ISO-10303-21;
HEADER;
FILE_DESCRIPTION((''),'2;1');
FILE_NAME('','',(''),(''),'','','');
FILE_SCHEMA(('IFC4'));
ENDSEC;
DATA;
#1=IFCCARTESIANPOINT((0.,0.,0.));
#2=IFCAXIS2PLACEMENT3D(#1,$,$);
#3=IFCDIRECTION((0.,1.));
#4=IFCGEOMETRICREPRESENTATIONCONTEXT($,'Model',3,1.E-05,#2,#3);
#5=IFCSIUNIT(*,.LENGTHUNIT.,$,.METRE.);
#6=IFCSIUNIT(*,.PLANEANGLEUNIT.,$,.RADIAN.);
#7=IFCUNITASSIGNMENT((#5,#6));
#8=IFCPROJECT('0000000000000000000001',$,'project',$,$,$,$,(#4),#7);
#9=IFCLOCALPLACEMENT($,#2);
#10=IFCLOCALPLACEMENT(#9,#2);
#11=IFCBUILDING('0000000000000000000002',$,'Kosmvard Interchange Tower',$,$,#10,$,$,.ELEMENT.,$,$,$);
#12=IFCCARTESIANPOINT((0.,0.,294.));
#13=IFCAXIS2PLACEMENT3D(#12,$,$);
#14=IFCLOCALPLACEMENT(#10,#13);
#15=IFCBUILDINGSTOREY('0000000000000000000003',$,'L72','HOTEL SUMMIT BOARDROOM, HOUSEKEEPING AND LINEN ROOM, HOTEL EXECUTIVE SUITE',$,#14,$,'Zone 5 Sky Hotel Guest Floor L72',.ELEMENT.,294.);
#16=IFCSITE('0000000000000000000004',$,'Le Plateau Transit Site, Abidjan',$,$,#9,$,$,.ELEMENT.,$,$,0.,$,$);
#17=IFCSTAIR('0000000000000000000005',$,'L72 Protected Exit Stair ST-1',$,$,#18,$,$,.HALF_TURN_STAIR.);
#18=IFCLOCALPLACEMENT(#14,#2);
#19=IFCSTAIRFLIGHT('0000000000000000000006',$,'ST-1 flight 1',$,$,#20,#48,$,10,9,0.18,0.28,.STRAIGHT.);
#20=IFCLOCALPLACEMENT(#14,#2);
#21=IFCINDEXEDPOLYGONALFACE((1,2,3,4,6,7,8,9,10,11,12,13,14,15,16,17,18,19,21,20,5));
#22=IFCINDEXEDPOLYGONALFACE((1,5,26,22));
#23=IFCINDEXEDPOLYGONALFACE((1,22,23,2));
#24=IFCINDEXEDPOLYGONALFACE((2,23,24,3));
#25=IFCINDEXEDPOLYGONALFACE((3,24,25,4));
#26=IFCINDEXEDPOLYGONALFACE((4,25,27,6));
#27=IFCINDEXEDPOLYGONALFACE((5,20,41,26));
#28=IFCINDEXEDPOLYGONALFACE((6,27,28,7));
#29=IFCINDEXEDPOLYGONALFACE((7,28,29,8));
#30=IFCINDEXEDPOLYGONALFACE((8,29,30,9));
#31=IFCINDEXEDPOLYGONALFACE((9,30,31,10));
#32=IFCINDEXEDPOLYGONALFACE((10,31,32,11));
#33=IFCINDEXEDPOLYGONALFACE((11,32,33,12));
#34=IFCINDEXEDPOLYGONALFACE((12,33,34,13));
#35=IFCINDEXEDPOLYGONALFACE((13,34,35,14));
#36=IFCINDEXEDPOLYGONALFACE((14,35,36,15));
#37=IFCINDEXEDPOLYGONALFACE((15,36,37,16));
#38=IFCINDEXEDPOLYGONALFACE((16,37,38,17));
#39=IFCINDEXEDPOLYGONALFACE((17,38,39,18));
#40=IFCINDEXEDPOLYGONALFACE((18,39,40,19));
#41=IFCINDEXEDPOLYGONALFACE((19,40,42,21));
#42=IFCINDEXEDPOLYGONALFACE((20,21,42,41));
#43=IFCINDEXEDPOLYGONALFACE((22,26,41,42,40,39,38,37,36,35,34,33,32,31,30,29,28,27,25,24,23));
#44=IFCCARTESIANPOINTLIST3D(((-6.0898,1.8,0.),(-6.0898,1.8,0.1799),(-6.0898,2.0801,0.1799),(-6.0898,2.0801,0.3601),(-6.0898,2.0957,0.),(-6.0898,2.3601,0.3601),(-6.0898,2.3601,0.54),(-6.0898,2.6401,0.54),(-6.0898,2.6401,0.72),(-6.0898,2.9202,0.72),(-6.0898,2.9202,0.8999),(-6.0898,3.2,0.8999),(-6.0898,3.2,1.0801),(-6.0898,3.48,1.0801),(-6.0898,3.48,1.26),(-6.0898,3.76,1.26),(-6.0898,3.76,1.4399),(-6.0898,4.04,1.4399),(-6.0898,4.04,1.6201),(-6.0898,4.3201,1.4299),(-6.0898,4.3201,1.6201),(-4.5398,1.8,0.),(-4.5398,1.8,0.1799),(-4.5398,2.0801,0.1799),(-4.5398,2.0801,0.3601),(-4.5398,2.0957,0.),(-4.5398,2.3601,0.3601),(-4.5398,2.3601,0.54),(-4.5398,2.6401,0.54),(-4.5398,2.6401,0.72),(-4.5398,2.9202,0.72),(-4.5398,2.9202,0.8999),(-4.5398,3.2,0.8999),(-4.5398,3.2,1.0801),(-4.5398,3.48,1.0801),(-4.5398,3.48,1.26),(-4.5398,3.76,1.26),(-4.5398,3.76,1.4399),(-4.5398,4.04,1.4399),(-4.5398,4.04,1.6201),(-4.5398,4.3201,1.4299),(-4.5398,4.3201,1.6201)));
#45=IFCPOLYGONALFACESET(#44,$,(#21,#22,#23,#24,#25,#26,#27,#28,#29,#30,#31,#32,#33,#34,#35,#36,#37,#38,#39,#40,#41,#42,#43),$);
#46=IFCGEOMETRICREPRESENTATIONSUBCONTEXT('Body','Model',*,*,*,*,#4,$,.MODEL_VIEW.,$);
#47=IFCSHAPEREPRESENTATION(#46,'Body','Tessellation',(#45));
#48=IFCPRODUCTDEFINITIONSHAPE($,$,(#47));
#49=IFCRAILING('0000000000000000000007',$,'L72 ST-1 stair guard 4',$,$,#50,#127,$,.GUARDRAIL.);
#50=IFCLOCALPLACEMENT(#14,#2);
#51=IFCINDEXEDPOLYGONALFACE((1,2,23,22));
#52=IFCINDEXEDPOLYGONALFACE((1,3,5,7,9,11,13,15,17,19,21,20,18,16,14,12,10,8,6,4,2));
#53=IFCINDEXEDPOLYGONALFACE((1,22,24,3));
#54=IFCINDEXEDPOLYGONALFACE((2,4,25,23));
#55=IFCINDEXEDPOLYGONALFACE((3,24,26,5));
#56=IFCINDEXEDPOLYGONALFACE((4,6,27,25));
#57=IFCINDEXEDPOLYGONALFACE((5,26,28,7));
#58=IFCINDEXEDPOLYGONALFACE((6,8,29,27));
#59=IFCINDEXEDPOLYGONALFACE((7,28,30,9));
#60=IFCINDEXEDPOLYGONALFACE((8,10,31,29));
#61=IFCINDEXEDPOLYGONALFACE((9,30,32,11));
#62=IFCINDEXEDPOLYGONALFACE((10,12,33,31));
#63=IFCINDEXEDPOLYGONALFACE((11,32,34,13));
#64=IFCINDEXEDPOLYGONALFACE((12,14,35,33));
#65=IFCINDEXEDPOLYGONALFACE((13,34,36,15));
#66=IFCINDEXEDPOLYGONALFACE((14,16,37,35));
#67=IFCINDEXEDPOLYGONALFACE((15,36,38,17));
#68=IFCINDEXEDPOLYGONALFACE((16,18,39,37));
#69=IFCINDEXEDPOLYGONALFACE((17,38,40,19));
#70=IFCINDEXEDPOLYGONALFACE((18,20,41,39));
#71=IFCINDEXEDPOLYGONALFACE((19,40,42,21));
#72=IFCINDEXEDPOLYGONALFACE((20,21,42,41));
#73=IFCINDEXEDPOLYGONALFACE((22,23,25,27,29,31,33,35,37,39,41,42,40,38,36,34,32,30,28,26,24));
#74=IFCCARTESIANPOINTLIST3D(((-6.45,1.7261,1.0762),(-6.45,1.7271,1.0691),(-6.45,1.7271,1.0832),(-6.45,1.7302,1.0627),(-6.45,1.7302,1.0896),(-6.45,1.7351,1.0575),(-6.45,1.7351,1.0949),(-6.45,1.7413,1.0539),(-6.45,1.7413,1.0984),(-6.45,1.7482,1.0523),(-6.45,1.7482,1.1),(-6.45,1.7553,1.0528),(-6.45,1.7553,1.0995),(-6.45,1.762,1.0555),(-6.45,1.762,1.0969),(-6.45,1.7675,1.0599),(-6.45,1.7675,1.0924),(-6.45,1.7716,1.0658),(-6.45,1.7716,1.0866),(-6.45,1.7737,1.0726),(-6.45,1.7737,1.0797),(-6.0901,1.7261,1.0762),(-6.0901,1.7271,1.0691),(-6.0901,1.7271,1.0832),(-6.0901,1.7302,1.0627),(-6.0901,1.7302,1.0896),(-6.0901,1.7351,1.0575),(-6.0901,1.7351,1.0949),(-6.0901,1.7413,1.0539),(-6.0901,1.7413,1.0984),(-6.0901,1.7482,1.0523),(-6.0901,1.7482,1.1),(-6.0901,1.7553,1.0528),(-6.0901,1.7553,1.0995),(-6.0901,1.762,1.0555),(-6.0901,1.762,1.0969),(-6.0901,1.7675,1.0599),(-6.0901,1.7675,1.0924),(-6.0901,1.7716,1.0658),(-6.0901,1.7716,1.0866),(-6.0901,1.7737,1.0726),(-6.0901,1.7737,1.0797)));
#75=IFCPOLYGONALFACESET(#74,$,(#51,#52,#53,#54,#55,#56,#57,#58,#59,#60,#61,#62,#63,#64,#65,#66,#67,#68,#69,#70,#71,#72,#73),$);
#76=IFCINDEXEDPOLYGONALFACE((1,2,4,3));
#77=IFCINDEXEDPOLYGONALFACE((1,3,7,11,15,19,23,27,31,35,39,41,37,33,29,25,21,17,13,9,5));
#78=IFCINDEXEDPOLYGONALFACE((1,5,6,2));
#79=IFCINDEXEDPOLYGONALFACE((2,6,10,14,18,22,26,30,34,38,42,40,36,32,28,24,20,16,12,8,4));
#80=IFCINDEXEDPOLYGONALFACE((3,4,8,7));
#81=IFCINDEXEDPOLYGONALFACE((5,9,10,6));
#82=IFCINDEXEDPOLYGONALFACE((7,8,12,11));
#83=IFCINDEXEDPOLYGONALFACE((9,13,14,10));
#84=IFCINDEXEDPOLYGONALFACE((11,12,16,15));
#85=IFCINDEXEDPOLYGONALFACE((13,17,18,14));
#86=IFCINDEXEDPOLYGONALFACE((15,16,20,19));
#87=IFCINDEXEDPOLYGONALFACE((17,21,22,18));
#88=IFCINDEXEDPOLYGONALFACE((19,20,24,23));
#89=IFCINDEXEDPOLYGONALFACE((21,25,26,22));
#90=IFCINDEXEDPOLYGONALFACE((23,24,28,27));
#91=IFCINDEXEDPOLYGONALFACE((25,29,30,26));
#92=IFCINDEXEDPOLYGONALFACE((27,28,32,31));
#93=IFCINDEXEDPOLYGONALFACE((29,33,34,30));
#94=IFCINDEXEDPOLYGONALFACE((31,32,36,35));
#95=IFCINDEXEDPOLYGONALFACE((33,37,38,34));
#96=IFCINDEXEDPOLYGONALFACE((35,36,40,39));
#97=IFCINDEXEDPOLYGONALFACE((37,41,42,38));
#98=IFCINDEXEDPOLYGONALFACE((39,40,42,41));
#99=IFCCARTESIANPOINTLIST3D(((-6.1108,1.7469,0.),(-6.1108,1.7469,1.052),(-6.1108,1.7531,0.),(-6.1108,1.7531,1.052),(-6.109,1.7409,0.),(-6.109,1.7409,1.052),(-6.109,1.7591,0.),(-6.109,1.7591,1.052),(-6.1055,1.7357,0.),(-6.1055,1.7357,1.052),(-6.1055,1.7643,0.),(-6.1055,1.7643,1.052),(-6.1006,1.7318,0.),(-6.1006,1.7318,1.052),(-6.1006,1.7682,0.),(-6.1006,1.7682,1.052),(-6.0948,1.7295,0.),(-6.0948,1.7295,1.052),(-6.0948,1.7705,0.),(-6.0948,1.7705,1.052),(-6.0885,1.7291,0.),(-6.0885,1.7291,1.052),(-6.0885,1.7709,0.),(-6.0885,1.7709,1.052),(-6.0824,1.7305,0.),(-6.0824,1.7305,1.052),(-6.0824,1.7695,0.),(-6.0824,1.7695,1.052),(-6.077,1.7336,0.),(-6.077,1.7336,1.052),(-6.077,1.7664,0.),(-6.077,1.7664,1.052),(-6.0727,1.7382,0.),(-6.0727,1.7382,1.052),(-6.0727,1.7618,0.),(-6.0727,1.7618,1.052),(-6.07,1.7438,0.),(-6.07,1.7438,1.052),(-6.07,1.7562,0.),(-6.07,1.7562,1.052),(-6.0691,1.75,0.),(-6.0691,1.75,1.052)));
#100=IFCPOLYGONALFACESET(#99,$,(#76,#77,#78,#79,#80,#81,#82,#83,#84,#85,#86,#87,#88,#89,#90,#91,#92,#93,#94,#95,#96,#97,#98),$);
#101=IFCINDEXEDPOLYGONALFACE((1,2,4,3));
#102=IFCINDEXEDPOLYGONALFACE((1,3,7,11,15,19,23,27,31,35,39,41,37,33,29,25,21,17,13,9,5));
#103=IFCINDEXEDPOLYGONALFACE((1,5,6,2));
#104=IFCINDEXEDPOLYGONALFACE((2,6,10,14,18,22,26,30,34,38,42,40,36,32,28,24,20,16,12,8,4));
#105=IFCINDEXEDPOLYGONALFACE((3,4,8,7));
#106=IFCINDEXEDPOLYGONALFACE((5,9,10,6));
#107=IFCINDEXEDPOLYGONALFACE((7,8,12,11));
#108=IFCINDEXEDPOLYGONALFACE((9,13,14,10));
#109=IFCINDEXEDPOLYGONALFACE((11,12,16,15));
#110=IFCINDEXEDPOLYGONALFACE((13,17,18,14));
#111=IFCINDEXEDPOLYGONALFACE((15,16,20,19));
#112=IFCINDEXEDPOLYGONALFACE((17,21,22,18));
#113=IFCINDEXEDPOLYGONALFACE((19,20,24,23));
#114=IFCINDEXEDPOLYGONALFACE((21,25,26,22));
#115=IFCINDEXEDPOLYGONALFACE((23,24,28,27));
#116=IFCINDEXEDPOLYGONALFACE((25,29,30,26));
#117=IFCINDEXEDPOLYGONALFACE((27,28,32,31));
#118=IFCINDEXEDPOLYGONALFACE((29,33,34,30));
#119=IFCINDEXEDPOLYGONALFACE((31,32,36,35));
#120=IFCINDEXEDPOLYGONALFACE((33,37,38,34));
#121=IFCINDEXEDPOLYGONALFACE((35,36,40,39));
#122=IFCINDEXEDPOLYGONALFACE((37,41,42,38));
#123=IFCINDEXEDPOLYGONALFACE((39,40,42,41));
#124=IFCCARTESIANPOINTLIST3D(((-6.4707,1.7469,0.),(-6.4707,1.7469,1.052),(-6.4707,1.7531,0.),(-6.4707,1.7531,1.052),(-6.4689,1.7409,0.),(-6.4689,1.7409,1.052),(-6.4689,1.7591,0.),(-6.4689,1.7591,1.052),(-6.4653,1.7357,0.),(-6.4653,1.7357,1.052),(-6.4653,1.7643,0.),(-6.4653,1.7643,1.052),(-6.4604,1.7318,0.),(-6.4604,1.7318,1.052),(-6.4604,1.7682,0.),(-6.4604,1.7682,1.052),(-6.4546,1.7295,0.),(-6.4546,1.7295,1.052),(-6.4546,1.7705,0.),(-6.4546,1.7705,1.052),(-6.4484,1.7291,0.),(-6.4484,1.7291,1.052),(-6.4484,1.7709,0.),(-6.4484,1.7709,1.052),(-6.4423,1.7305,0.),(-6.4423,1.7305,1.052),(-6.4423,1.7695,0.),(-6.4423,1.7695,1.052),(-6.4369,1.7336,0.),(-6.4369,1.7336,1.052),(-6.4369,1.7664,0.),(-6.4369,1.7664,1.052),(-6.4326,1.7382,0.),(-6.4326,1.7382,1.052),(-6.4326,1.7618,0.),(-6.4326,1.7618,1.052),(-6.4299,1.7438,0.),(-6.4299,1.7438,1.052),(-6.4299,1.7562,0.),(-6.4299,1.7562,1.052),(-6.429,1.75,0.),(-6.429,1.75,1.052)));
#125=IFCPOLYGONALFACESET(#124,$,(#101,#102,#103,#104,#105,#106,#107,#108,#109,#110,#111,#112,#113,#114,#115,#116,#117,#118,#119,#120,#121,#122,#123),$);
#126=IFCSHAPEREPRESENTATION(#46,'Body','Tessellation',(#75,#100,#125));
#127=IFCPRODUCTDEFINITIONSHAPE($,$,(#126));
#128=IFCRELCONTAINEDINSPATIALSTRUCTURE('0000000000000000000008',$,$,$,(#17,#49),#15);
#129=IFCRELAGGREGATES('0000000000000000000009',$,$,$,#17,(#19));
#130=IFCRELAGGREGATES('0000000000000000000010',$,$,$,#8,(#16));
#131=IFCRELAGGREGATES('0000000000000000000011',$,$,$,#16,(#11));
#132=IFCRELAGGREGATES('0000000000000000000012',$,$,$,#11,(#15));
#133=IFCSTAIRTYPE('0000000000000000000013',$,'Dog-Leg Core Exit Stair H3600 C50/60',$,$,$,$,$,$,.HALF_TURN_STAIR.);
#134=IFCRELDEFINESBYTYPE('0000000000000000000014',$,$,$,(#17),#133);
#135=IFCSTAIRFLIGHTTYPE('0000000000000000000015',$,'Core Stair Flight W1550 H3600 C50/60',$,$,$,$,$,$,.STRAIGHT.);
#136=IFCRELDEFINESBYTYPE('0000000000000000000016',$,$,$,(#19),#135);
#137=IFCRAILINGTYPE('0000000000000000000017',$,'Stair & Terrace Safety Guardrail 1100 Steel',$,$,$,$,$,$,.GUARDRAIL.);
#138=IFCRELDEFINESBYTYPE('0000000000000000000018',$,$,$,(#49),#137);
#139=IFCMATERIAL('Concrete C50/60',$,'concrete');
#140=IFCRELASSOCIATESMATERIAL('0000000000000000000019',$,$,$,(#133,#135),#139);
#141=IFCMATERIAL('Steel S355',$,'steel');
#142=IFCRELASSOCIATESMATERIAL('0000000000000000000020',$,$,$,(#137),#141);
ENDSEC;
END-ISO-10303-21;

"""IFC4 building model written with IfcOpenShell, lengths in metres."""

from ifc_helpers import new_model, si_unit, direction, frame, origin, origin_2d, place, context, subcontext, project, spatial, polyline, circle, outline, extrude, source, transform, mapped, material, type_object, element, aggregate, save


model = new_model("IFC4")

# Units and contexts
model_context = context("Model", 3, precision=1e-05, world=origin(), true_north=direction((0.0, 1.0)))
body_context = subcontext(model_context, "Body", "Model", "MODEL_VIEW")
ifc_project = project(units=[si_unit("LENGTHUNIT", "METRE"), si_unit("PLANEANGLEUNIT", "RADIAN")], contexts=[model_context])

# Site, building, storey
site_placement = place(None, origin())
site = spatial("IfcSite", under=ifc_project, at=site_placement, Name="Le Plateau Transit Site, Abidjan", CompositionType="ELEMENT", RefElevation=0.0)
building_placement = place(site_placement, origin())
building = spatial("IfcBuilding", under=site, at=building_placement, Name="Kosmvard Interchange Tower", CompositionType="ELEMENT")
storey_placement = place(building_placement, frame((0.0, 0.0, 294.0)))
storey = spatial("IfcBuildingStorey", under=building, at=storey_placement, Name="L72", Description="HOTEL SUMMIT BOARDROOM, HOUSEKEEPING AND LINEN ROOM, HOTEL EXECUTIVE SUITE", LongName="Zone 5 Sky Hotel Guest Floor L72", CompositionType="ELEMENT", Elevation=294.0)

# Stair, stair flight
ifc_material_1 = material(Name="Concrete C50/60", Category="concrete")
stair_type = type_object("IfcStairType", Name="Dog-Leg Core Exit Stair H3600 C50/60", PredefinedType="HALF_TURN_STAIR", material=ifc_material_1)
stair_placement = place(storey_placement, origin())
stair = element("IfcStair", 1, at=stair_placement, inside=storey, type_object=stair_type, Name="L72 Protected Exit Stair ST-1", PredefinedType="HALF_TURN_STAIR")
stair_flight_type = type_object("IfcStairFlightType", Name="Core Stair Flight W1550 H3600 C50/60", PredefinedType="STRAIGHT", material=ifc_material_1)
shared_shape_1 = source(origin(), body_context, "Body", "SweptSolid", [
    extrude(outline(polyline([(0.0, 0.0), (0.0, 0.1799), (0.28, 0.1799), (0.28, 0.3601), (0.5601, 0.3601), (0.5601, 0.54), (0.8401, 0.54), (0.8401, 0.72), (1.1201, 0.72), (1.1201, 0.8999), (1.3999, 0.8999), (1.3999, 1.0801), (1.6799, 1.0801), (1.6799, 1.26), (1.96, 1.26), (1.96, 1.4399), (2.24, 1.4399), (2.24, 1.6201), (2.52, 1.6201), (2.52, 1.8), (2.52, 1.4299), (0.2957, 0.0), (0.0, 0.0)])), frame((0.0, 0.7749, 0.0), z_axis=(0.0, -1.0, 0.0), x_axis=(1.0, 0.0, 0.0)), (0.0, 0.0, 1.0), 1.55),
])
stair_flight_placement = place(storey_placement, frame((-5.3149, 1.8, 0.0), z_axis=(0.0, 0.0, 1.0), x_axis=(0.0, 1.0, 0.0)))
stair_flight = element("IfcStairFlight", 2, at=stair_flight_placement, type_object=stair_flight_type, Name="ST-1 flight 1", NumberOfRisers=10, NumberOfTreads=9, PredefinedType="STRAIGHT", RiserHeight=0.18, TreadLength=0.28, context=body_context, shape_type="MappedRepresentation", body=[
    mapped(shared_shape_1, transform((0.0, 0.0, 0.0), scale=1.0)),
])
aggregate(stair, [stair_flight])

# Railing
ifc_material_2 = material(Name="Steel S355", Category="steel")
railing_type_1 = type_object("IfcRailingType", Name="Stair & Terrace Safety Guardrail 1100 Steel", PredefinedType="GUARDRAIL", material=ifc_material_2)
shared_shape_2 = source(origin(), body_context, "Body", "SweptSolid", [
    extrude(circle(Radius=0.0239, at=origin_2d()), frame((0.0, 0.0, 1.0762), z_axis=(-1.0, 0.0, 0.0), x_axis=(0.0, -1.0, 0.0)), (0.0, 0.0, 1.0), 0.3599),
    extrude(circle(Radius=0.021, at=origin_2d()), origin(), (0.0, 0.0, 1.0), 1.052),
    extrude(circle(Radius=0.021, at=origin_2d()), frame((-0.3599, 0.0, 0.0)), (0.0, 0.0, 1.0), 1.052),
])
railing_1_placement = place(storey_placement, frame((-6.0901, 1.75, 0.0)))
element("IfcRailing", 3, at=railing_1_placement, inside=storey, type_object=railing_type_1, Name="L72 ST-1 stair guard 4", PredefinedType="GUARDRAIL", context=body_context, shape_type="MappedRepresentation", body=[
    mapped(shared_shape_2, transform((0.0, 0.0, 0.0), scale=1.0)),
])

save(model, "model.ifc")
